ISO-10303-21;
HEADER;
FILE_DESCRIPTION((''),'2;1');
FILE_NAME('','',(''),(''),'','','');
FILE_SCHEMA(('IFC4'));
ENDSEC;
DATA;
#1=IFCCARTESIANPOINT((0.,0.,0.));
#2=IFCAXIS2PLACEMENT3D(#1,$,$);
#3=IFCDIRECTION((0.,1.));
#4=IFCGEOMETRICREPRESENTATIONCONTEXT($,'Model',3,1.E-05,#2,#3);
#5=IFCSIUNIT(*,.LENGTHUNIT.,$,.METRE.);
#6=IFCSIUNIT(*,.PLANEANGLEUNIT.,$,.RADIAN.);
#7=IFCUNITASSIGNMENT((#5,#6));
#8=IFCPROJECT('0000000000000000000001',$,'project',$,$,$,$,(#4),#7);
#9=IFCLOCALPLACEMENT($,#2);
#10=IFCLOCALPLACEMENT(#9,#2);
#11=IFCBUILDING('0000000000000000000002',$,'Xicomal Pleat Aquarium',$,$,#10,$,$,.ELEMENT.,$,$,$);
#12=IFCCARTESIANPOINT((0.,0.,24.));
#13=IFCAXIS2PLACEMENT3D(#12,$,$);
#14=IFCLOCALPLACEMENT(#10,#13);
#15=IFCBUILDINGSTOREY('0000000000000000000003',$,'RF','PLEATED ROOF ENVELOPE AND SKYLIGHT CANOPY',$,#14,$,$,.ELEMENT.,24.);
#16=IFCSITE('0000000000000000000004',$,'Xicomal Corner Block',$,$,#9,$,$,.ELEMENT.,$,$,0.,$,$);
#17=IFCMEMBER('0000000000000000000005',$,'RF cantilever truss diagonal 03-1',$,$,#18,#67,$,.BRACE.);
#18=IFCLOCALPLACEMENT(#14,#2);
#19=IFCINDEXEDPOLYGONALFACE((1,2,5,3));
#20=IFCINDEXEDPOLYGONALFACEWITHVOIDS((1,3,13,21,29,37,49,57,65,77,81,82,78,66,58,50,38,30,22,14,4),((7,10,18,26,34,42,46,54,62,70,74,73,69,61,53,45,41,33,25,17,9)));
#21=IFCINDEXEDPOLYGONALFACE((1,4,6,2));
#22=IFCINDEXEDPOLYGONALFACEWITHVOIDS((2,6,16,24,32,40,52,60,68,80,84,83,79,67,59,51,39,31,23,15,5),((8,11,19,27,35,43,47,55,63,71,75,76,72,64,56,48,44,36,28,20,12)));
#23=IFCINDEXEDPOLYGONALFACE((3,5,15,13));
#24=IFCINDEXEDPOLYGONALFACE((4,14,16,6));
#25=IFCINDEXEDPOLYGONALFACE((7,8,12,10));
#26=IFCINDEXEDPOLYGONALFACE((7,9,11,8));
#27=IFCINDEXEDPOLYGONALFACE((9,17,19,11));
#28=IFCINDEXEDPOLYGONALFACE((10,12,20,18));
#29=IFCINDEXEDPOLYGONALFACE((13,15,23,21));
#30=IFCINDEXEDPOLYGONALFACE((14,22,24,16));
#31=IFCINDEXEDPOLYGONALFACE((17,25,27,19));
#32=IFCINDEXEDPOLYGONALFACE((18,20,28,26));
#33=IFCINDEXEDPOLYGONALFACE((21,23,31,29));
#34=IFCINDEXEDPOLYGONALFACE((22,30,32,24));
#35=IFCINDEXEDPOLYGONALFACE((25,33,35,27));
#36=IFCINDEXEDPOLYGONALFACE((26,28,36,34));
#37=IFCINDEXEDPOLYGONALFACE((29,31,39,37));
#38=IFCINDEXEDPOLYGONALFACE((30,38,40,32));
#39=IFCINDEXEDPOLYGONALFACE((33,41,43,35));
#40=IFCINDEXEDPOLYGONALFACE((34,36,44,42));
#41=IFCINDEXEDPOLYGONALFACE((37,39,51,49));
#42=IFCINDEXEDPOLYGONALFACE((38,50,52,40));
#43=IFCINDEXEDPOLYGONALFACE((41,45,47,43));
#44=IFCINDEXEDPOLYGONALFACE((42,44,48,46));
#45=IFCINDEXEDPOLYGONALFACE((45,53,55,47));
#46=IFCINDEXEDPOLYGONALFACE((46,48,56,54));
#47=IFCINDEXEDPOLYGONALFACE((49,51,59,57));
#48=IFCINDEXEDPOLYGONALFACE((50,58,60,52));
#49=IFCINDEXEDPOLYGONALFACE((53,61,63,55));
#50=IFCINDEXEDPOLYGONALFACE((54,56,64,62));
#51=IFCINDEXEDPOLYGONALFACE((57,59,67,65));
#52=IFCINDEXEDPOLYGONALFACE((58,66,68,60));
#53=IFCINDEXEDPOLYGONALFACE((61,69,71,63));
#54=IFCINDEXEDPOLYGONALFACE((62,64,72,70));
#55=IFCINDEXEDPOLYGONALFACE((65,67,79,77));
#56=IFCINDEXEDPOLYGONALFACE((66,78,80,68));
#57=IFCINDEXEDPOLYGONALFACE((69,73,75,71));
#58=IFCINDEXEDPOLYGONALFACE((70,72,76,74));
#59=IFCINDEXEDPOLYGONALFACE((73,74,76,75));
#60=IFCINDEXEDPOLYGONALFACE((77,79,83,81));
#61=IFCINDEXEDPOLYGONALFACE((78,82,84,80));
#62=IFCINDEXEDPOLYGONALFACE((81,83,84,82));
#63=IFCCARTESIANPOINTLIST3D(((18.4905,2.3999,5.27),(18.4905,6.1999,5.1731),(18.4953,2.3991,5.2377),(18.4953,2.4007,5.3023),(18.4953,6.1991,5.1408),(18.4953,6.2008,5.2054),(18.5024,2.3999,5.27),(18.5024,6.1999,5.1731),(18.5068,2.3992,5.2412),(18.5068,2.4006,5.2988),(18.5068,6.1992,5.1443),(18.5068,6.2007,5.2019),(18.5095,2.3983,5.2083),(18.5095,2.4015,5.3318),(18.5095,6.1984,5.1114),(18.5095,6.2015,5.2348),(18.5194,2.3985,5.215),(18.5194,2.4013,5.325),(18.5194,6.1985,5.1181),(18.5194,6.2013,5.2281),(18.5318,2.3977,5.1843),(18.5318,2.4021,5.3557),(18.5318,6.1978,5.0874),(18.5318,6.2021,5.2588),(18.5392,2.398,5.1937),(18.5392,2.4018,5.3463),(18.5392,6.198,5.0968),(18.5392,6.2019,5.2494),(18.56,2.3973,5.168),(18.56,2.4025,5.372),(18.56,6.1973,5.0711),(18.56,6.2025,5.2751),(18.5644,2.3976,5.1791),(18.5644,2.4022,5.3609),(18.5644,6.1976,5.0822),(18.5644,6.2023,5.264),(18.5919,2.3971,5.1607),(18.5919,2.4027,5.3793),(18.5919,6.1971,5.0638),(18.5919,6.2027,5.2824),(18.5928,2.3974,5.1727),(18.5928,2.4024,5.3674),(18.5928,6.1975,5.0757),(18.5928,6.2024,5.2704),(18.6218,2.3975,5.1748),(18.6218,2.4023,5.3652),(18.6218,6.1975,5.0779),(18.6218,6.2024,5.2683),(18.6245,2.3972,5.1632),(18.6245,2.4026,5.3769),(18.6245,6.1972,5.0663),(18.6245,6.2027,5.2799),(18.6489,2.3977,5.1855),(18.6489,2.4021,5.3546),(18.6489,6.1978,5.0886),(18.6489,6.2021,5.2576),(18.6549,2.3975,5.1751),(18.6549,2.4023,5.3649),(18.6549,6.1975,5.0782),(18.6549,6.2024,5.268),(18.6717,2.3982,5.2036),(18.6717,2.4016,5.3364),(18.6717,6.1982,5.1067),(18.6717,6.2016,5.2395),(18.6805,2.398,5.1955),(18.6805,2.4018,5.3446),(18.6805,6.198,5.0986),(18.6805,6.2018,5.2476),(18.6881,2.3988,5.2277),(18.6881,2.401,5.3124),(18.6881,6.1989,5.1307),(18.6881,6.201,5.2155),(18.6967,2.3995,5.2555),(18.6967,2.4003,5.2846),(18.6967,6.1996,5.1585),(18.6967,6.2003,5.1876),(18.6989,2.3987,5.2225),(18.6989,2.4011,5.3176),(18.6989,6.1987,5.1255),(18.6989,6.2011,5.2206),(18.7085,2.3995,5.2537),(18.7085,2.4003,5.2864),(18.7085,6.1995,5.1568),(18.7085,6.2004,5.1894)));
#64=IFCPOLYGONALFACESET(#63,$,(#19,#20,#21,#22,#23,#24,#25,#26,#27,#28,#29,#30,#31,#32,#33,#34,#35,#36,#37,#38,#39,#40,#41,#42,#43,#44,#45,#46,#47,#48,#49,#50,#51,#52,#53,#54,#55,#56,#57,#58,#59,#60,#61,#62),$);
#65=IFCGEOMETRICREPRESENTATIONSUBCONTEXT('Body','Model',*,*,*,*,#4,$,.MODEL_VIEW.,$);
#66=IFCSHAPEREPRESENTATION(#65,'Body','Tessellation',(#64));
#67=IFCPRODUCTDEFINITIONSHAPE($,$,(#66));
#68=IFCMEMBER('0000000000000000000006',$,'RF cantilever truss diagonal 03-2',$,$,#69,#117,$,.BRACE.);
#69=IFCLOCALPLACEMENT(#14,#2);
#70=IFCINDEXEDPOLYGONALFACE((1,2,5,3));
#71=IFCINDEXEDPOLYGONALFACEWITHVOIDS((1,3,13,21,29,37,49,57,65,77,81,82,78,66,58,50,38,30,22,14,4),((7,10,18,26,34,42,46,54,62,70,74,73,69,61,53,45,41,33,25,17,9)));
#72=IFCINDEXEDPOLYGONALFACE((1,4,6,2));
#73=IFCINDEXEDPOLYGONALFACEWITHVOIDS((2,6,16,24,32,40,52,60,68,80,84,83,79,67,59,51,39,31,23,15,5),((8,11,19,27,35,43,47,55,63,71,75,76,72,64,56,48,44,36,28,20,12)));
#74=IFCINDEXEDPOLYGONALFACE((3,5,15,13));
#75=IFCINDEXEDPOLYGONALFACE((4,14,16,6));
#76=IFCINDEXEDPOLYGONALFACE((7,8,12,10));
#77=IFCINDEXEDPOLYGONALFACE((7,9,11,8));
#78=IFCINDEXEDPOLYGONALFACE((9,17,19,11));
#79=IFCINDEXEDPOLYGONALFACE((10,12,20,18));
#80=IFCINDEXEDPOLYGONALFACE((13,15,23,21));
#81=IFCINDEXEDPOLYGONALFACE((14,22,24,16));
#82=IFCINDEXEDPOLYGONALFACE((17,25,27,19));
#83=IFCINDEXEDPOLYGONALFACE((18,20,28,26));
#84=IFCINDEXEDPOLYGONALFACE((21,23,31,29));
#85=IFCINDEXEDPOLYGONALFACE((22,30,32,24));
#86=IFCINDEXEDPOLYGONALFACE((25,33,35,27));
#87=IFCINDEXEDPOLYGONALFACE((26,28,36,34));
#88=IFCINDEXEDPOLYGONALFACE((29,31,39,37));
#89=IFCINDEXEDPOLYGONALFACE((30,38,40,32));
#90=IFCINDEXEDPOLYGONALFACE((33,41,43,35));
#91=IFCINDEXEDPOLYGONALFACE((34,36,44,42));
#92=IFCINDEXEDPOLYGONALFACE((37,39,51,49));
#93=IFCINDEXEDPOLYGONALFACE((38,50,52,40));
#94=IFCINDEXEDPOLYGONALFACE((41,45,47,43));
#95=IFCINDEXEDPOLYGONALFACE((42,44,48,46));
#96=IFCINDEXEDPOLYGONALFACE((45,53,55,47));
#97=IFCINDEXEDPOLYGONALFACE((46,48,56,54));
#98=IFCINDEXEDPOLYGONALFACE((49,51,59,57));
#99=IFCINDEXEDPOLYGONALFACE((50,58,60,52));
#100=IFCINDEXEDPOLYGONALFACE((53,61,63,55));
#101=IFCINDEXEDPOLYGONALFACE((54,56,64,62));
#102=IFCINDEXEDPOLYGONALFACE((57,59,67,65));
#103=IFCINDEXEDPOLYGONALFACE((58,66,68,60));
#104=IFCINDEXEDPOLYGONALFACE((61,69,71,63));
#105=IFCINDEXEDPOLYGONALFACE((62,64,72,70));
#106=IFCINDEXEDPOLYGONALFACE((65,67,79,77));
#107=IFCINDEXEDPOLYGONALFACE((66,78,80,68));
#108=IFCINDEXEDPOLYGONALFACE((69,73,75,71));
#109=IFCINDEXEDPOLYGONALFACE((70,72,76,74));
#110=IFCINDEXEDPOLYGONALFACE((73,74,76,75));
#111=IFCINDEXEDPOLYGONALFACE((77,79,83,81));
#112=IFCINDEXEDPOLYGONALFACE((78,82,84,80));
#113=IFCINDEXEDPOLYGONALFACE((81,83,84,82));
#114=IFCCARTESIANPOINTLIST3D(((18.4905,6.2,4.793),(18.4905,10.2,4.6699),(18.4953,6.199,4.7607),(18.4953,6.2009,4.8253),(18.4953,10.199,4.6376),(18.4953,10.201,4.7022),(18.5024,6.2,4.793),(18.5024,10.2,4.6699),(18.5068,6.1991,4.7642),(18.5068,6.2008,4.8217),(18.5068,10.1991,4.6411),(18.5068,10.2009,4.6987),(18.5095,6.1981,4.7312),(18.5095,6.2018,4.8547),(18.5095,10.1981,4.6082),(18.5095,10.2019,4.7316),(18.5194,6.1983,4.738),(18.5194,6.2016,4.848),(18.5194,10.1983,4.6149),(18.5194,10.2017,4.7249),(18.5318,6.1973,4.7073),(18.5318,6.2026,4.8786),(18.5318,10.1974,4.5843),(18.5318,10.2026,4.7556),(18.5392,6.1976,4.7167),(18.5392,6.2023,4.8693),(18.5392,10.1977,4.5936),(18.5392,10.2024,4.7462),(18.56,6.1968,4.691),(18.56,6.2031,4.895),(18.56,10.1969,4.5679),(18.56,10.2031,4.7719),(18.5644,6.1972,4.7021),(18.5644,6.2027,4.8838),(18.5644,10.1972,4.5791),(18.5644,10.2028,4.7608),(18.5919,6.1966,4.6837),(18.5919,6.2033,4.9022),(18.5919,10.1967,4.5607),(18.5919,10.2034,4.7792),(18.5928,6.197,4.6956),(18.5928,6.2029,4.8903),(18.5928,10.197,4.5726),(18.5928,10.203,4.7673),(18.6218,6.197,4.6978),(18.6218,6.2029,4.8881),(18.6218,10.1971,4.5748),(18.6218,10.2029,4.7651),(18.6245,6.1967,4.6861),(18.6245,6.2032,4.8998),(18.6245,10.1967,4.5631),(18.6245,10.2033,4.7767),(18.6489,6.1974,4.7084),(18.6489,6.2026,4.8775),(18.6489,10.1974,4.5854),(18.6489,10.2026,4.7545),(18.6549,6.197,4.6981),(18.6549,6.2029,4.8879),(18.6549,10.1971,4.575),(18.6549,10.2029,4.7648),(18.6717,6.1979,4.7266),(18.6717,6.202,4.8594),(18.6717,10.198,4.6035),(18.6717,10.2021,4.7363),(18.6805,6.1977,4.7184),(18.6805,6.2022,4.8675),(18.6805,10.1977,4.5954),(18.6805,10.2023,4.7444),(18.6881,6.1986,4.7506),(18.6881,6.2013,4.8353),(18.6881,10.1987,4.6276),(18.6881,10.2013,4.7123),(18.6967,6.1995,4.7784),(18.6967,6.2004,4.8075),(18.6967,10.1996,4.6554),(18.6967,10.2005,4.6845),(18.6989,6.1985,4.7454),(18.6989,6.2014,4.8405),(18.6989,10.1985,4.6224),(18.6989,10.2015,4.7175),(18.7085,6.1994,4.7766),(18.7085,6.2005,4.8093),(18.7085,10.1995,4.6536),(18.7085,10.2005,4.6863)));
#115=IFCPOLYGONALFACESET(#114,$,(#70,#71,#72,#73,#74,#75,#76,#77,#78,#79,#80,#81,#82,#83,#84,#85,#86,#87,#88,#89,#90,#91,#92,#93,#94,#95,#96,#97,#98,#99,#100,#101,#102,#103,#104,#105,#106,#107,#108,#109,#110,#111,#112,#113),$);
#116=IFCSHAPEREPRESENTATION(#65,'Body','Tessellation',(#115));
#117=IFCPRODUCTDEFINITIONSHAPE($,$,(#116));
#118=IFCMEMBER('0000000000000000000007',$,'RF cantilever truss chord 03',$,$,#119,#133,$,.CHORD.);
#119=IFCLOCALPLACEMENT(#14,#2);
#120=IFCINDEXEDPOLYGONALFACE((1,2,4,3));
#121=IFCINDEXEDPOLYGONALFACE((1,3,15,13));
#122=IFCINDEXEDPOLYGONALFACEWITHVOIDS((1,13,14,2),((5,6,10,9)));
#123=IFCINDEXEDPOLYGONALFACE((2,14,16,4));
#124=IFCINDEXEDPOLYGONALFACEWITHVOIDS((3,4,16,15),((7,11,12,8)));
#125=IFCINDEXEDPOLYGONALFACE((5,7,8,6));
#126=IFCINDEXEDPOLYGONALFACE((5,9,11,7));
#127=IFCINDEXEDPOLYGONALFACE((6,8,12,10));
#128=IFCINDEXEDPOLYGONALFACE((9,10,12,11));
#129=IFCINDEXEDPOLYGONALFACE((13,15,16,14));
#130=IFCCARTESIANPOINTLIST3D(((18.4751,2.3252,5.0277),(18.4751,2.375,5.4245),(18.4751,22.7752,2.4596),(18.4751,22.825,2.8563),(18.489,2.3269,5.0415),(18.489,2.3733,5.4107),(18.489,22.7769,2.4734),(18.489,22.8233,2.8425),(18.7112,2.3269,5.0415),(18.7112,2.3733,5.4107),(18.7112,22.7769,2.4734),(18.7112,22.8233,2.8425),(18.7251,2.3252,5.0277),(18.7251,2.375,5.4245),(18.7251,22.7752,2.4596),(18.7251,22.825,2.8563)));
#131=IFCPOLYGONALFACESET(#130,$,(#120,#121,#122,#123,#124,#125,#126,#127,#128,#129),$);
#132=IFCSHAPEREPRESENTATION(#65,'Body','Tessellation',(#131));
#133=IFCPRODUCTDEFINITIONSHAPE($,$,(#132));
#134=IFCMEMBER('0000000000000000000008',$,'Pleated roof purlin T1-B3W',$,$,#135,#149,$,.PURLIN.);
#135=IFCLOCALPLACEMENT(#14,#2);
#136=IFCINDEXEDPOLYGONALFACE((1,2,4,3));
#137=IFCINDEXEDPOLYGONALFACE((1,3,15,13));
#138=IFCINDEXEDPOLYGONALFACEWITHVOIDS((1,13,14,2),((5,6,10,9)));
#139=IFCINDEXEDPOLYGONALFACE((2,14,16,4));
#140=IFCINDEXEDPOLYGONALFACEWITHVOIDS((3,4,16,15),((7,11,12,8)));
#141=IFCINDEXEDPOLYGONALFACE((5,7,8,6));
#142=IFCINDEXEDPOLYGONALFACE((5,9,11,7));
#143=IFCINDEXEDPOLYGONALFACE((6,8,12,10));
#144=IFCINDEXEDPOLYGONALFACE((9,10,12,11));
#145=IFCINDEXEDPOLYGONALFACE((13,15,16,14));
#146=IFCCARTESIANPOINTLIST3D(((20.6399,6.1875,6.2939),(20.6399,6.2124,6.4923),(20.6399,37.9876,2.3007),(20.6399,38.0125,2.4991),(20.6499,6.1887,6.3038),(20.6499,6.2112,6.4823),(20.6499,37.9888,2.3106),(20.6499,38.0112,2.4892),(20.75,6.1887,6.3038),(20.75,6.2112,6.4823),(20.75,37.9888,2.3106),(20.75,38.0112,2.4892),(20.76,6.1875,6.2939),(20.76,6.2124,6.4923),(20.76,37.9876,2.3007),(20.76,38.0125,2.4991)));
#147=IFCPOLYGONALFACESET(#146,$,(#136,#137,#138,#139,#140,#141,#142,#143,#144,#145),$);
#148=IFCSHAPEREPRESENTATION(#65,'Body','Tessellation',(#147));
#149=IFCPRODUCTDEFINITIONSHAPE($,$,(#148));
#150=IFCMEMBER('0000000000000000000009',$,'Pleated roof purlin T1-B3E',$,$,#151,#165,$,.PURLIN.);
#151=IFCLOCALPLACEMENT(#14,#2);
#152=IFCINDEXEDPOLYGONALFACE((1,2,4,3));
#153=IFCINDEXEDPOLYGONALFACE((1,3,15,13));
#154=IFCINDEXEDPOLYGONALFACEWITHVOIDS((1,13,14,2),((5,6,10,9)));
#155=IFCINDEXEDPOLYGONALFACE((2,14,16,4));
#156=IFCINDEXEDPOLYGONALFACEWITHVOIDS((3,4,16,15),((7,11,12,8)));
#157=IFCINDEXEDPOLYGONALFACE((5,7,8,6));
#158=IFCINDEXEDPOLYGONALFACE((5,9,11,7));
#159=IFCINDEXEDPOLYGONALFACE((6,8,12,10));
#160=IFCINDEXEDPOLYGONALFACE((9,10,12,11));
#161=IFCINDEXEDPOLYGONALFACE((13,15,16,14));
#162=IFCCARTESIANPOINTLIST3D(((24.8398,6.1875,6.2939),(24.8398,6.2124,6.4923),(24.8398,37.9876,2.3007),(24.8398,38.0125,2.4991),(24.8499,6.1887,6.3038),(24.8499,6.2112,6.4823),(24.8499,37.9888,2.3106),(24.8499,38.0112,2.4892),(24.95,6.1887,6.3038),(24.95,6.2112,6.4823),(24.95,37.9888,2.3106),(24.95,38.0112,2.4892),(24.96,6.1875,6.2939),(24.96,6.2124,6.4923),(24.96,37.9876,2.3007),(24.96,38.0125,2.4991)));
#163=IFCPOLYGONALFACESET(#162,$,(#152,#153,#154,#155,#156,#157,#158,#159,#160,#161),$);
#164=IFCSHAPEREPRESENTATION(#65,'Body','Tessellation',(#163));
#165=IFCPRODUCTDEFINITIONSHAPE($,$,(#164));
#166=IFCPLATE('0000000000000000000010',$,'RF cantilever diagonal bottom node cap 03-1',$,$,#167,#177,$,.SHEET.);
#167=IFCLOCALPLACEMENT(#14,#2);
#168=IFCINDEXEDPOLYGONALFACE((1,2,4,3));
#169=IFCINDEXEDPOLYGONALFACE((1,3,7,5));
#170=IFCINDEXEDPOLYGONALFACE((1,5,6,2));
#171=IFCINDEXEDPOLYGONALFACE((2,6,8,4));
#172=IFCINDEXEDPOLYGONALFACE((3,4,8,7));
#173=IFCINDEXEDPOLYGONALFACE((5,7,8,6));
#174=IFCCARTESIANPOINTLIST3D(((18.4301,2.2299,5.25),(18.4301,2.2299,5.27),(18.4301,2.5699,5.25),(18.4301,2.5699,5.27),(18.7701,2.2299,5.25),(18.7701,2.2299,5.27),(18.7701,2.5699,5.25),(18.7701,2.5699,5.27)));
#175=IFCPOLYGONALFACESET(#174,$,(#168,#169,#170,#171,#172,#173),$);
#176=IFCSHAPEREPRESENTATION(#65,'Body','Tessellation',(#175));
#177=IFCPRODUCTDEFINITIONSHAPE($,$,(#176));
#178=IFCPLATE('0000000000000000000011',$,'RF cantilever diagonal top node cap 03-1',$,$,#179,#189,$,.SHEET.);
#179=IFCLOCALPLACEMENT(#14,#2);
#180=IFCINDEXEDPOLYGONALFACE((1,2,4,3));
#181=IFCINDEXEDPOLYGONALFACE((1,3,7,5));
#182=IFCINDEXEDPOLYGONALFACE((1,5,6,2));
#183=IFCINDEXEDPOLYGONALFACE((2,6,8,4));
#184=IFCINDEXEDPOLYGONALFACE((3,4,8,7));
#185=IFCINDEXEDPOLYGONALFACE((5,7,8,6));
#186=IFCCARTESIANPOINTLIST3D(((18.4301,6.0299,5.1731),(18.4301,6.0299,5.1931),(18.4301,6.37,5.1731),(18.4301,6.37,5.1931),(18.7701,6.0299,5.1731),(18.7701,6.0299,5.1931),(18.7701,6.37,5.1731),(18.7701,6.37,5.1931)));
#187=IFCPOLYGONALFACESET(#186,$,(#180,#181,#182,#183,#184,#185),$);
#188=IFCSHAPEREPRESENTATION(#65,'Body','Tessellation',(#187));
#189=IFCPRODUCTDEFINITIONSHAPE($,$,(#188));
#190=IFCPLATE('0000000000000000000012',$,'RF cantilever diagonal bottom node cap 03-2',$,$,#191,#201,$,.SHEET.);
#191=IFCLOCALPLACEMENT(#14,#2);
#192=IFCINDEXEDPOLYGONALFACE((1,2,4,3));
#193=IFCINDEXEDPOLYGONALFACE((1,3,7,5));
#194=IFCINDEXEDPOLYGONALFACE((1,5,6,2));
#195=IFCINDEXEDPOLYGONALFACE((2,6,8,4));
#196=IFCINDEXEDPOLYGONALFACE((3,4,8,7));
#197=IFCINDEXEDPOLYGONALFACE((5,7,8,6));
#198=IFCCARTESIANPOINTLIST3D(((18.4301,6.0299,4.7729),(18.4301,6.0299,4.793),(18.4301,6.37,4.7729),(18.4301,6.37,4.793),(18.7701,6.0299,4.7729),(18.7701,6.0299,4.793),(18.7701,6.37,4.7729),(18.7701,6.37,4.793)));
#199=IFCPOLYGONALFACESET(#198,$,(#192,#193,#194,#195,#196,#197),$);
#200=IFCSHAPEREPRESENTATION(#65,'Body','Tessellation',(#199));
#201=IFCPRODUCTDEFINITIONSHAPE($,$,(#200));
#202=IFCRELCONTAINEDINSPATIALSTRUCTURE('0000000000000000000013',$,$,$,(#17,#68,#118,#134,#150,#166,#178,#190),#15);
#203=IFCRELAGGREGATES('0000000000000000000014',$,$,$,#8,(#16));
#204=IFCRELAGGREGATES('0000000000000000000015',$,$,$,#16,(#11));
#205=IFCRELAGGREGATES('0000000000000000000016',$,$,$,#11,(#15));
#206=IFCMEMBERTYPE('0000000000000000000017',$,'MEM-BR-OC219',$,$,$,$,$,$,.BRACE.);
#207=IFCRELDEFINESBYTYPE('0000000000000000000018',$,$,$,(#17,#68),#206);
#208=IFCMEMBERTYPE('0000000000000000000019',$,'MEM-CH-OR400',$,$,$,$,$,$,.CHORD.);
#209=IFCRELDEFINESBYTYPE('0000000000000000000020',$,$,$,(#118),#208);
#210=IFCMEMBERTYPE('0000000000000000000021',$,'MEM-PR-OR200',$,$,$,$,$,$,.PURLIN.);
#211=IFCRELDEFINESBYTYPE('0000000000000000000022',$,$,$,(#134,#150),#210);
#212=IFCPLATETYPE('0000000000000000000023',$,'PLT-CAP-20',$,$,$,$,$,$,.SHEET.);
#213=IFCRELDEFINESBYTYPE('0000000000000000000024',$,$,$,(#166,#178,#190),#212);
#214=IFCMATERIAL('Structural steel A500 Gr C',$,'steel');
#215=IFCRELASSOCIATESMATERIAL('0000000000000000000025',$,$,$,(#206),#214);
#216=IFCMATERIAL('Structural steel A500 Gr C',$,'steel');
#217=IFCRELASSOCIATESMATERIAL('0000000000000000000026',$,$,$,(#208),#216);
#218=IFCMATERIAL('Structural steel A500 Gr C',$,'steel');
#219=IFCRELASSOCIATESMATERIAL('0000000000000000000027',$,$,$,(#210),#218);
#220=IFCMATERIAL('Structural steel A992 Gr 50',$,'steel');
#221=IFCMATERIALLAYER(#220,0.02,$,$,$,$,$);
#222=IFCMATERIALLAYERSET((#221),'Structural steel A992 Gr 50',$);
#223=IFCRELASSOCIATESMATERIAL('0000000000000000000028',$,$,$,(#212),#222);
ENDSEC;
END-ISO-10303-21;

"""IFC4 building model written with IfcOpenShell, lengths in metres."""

from ifc_helpers import new_model, si_unit, direction, frame, origin, origin_2d, place, context, subcontext, project, spatial, rectangle, hollow_rectangle, hollow_circle, extrude, material, layer, layer_set, material_profile, profile_set, type_object, element, save


model = new_model("IFC4")

# Units and contexts
model_context = context("Model", 3, precision=1e-05, world=origin(), true_north=direction((0.0, 1.0)))
body_context = subcontext(model_context, "Body", "Model", "MODEL_VIEW")
ifc_project = project(units=[si_unit("LENGTHUNIT", "METRE"), si_unit("PLANEANGLEUNIT", "RADIAN")], contexts=[model_context])

# Site, building, storey
site_placement = place(None, origin())
site = spatial("IfcSite", under=ifc_project, at=site_placement, Name="Xicomal Corner Block", CompositionType="ELEMENT", RefElevation=0.0)
building_placement = place(site_placement, origin())
building = spatial("IfcBuilding", under=site, at=building_placement, Name="Xicomal Pleat Aquarium", CompositionType="ELEMENT")
storey_placement = place(building_placement, frame((0.0, 0.0, 24.0)))
storey = spatial("IfcBuildingStorey", under=building, at=storey_placement, Name="RF", Description="PLEATED ROOF ENVELOPE AND SKYLIGHT CANOPY", CompositionType="ELEMENT", Elevation=24.0)

# Members
ifc_material_1 = material(Name="Structural steel A500 Gr C", Category="steel")
ifc_material_profile_1 = material_profile(ifc_material_1, hollow_circle(Radius=0.1096, WallThickness=0.012, at=origin_2d()), Name="OC 219x12")
ifc_profile_set_1 = profile_set([ifc_material_profile_1], Name="Structural steel A500 Gr C")
member_type_1 = type_object("IfcMemberType", Name="MEM-BR-OC219", PredefinedType="BRACE", material=ifc_profile_set_1)
member_1_placement = place(storey_placement, frame((18.6001, 2.3999, 5.27), z_axis=(0.0, 0.999675, -0.025498), x_axis=(-1.0, 0.0, 0.0)))
element("IfcMember", 1, at=member_1_placement, inside=storey, type_object=member_type_1, Name="RF cantilever truss diagonal 03-1", PredefinedType="BRACE", context=body_context, shape_type="SweptSolid", body=[
    extrude(hollow_circle(Radius=0.1096, WallThickness=0.012, at=origin_2d()), origin(), (0.0, 0.0, 1.0), 3.8013),
])
member_2_placement = place(storey_placement, frame((18.6001, 6.2, 4.793), z_axis=(0.0, 0.999527, -0.030747), x_axis=(-1.0, 0.0, 0.0)))
element("IfcMember", 2, at=member_2_placement, inside=storey, type_object=member_type_1, Name="RF cantilever truss diagonal 03-2", PredefinedType="BRACE", context=body_context, shape_type="SweptSolid", body=[
    extrude(hollow_circle(Radius=0.1096, WallThickness=0.012, at=origin_2d()), origin(), (0.0, 0.0, 1.0), 4.002),
])
ifc_material_2 = material(Name="Structural steel A500 Gr C", Category="steel")
ifc_material_profile_2 = material_profile(ifc_material_2, hollow_rectangle(XDim=0.25, YDim=0.3999, WallThickness=0.0139, at=origin_2d()), Name="OR 400x250x14")
ifc_profile_set_2 = profile_set([ifc_material_profile_2], Name="Structural steel A500 Gr C")
member_type_2 = type_object("IfcMemberType", Name="MEM-CH-OR400", PredefinedType="CHORD", material=ifc_profile_set_2)
member_3_placement = place(storey_placement, frame((18.6001, 2.3501, 5.2261), z_axis=(0.0, 0.992207, -0.124602), x_axis=(-1.0, 0.0, 0.0)))
element("IfcMember", 3, at=member_3_placement, inside=storey, type_object=member_type_2, Name="RF cantilever truss chord 03", PredefinedType="CHORD", context=body_context, shape_type="SweptSolid", body=[
    extrude(hollow_rectangle(XDim=0.25, YDim=0.3999, WallThickness=0.0139, at=origin_2d()), origin(), (0.0, 0.0, 1.0), 20.6106),
])
ifc_material_3 = material(Name="Structural steel A500 Gr C", Category="steel")
ifc_material_profile_3 = material_profile(ifc_material_3, hollow_rectangle(XDim=0.1201, YDim=0.2, WallThickness=0.01, at=origin_2d()), Name="OR 200x120x10")
ifc_profile_set_3 = profile_set([ifc_material_profile_3], Name="Structural steel A500 Gr C")
member_type_3 = type_object("IfcMemberType", Name="MEM-PR-OR200", PredefinedType="PURLIN", material=ifc_profile_set_3)
for number, where, z_axis, x_axis, name in (
    (4, (20.7, 6.2, 6.3931), (0.0, 0.992208, -0.124593), (-1.0, 0.0, 0.0), "Pleated roof purlin T1-B3W"),
    (5, (24.8999, 6.2, 6.3931), (0.0, 0.992208, -0.124593), (-1.0, 0.0, 0.0), "Pleated roof purlin T1-B3E"),
):
    element("IfcMember", number, at=place(storey_placement, frame(where, z_axis=z_axis, x_axis=x_axis)), inside=storey, type_object=member_type_3, Name=name, PredefinedType="PURLIN", context=body_context, shape_type="SweptSolid", body=[
        extrude(hollow_rectangle(XDim=0.1201, YDim=0.2, WallThickness=0.01, at=origin_2d()), origin(), (0.0, 0.0, 1.0), 32.0498),
    ])

# Plates
ifc_material_4 = material(Name="Structural steel A992 Gr 50", Category="steel")
ifc_layer_1 = layer(ifc_material_4, 0.02)
ifc_layer_set_1 = layer_set([ifc_layer_1], Name="Structural steel A992 Gr 50")
plate_type_1 = type_object("IfcPlateType", Name="PLT-CAP-20", PredefinedType="SHEET", material=ifc_layer_set_1)
for number, where, z_axis, x_axis, name in (
    (6, (18.6001, 2.3999, 5.25), (0.0, 0.0, 1.0), (1.0, 0.0, 0.0), "RF cantilever diagonal bottom node cap 03-1"),
    (7, (18.6001, 6.2, 5.1731), (0.0, 0.0, 1.0), (1.0, 0.0, 0.0), "RF cantilever diagonal top node cap 03-1"),
    (8, (18.6001, 6.2, 4.7729), (0.0, 0.0, 1.0), (1.0, 0.0, 0.0), "RF cantilever diagonal bottom node cap 03-2"),
):
    element("IfcPlate", number, at=place(storey_placement, frame(where, z_axis=z_axis, x_axis=x_axis)), inside=storey, type_object=plate_type_1, Name=name, PredefinedType="SHEET", context=body_context, shape_type="SweptSolid", body=[
        extrude(rectangle(XDim=0.3401, YDim=0.3401, at=origin_2d()), origin(), (0.0, 0.0, 1.0), 0.02),
    ])

save(model, "model.ifc")
